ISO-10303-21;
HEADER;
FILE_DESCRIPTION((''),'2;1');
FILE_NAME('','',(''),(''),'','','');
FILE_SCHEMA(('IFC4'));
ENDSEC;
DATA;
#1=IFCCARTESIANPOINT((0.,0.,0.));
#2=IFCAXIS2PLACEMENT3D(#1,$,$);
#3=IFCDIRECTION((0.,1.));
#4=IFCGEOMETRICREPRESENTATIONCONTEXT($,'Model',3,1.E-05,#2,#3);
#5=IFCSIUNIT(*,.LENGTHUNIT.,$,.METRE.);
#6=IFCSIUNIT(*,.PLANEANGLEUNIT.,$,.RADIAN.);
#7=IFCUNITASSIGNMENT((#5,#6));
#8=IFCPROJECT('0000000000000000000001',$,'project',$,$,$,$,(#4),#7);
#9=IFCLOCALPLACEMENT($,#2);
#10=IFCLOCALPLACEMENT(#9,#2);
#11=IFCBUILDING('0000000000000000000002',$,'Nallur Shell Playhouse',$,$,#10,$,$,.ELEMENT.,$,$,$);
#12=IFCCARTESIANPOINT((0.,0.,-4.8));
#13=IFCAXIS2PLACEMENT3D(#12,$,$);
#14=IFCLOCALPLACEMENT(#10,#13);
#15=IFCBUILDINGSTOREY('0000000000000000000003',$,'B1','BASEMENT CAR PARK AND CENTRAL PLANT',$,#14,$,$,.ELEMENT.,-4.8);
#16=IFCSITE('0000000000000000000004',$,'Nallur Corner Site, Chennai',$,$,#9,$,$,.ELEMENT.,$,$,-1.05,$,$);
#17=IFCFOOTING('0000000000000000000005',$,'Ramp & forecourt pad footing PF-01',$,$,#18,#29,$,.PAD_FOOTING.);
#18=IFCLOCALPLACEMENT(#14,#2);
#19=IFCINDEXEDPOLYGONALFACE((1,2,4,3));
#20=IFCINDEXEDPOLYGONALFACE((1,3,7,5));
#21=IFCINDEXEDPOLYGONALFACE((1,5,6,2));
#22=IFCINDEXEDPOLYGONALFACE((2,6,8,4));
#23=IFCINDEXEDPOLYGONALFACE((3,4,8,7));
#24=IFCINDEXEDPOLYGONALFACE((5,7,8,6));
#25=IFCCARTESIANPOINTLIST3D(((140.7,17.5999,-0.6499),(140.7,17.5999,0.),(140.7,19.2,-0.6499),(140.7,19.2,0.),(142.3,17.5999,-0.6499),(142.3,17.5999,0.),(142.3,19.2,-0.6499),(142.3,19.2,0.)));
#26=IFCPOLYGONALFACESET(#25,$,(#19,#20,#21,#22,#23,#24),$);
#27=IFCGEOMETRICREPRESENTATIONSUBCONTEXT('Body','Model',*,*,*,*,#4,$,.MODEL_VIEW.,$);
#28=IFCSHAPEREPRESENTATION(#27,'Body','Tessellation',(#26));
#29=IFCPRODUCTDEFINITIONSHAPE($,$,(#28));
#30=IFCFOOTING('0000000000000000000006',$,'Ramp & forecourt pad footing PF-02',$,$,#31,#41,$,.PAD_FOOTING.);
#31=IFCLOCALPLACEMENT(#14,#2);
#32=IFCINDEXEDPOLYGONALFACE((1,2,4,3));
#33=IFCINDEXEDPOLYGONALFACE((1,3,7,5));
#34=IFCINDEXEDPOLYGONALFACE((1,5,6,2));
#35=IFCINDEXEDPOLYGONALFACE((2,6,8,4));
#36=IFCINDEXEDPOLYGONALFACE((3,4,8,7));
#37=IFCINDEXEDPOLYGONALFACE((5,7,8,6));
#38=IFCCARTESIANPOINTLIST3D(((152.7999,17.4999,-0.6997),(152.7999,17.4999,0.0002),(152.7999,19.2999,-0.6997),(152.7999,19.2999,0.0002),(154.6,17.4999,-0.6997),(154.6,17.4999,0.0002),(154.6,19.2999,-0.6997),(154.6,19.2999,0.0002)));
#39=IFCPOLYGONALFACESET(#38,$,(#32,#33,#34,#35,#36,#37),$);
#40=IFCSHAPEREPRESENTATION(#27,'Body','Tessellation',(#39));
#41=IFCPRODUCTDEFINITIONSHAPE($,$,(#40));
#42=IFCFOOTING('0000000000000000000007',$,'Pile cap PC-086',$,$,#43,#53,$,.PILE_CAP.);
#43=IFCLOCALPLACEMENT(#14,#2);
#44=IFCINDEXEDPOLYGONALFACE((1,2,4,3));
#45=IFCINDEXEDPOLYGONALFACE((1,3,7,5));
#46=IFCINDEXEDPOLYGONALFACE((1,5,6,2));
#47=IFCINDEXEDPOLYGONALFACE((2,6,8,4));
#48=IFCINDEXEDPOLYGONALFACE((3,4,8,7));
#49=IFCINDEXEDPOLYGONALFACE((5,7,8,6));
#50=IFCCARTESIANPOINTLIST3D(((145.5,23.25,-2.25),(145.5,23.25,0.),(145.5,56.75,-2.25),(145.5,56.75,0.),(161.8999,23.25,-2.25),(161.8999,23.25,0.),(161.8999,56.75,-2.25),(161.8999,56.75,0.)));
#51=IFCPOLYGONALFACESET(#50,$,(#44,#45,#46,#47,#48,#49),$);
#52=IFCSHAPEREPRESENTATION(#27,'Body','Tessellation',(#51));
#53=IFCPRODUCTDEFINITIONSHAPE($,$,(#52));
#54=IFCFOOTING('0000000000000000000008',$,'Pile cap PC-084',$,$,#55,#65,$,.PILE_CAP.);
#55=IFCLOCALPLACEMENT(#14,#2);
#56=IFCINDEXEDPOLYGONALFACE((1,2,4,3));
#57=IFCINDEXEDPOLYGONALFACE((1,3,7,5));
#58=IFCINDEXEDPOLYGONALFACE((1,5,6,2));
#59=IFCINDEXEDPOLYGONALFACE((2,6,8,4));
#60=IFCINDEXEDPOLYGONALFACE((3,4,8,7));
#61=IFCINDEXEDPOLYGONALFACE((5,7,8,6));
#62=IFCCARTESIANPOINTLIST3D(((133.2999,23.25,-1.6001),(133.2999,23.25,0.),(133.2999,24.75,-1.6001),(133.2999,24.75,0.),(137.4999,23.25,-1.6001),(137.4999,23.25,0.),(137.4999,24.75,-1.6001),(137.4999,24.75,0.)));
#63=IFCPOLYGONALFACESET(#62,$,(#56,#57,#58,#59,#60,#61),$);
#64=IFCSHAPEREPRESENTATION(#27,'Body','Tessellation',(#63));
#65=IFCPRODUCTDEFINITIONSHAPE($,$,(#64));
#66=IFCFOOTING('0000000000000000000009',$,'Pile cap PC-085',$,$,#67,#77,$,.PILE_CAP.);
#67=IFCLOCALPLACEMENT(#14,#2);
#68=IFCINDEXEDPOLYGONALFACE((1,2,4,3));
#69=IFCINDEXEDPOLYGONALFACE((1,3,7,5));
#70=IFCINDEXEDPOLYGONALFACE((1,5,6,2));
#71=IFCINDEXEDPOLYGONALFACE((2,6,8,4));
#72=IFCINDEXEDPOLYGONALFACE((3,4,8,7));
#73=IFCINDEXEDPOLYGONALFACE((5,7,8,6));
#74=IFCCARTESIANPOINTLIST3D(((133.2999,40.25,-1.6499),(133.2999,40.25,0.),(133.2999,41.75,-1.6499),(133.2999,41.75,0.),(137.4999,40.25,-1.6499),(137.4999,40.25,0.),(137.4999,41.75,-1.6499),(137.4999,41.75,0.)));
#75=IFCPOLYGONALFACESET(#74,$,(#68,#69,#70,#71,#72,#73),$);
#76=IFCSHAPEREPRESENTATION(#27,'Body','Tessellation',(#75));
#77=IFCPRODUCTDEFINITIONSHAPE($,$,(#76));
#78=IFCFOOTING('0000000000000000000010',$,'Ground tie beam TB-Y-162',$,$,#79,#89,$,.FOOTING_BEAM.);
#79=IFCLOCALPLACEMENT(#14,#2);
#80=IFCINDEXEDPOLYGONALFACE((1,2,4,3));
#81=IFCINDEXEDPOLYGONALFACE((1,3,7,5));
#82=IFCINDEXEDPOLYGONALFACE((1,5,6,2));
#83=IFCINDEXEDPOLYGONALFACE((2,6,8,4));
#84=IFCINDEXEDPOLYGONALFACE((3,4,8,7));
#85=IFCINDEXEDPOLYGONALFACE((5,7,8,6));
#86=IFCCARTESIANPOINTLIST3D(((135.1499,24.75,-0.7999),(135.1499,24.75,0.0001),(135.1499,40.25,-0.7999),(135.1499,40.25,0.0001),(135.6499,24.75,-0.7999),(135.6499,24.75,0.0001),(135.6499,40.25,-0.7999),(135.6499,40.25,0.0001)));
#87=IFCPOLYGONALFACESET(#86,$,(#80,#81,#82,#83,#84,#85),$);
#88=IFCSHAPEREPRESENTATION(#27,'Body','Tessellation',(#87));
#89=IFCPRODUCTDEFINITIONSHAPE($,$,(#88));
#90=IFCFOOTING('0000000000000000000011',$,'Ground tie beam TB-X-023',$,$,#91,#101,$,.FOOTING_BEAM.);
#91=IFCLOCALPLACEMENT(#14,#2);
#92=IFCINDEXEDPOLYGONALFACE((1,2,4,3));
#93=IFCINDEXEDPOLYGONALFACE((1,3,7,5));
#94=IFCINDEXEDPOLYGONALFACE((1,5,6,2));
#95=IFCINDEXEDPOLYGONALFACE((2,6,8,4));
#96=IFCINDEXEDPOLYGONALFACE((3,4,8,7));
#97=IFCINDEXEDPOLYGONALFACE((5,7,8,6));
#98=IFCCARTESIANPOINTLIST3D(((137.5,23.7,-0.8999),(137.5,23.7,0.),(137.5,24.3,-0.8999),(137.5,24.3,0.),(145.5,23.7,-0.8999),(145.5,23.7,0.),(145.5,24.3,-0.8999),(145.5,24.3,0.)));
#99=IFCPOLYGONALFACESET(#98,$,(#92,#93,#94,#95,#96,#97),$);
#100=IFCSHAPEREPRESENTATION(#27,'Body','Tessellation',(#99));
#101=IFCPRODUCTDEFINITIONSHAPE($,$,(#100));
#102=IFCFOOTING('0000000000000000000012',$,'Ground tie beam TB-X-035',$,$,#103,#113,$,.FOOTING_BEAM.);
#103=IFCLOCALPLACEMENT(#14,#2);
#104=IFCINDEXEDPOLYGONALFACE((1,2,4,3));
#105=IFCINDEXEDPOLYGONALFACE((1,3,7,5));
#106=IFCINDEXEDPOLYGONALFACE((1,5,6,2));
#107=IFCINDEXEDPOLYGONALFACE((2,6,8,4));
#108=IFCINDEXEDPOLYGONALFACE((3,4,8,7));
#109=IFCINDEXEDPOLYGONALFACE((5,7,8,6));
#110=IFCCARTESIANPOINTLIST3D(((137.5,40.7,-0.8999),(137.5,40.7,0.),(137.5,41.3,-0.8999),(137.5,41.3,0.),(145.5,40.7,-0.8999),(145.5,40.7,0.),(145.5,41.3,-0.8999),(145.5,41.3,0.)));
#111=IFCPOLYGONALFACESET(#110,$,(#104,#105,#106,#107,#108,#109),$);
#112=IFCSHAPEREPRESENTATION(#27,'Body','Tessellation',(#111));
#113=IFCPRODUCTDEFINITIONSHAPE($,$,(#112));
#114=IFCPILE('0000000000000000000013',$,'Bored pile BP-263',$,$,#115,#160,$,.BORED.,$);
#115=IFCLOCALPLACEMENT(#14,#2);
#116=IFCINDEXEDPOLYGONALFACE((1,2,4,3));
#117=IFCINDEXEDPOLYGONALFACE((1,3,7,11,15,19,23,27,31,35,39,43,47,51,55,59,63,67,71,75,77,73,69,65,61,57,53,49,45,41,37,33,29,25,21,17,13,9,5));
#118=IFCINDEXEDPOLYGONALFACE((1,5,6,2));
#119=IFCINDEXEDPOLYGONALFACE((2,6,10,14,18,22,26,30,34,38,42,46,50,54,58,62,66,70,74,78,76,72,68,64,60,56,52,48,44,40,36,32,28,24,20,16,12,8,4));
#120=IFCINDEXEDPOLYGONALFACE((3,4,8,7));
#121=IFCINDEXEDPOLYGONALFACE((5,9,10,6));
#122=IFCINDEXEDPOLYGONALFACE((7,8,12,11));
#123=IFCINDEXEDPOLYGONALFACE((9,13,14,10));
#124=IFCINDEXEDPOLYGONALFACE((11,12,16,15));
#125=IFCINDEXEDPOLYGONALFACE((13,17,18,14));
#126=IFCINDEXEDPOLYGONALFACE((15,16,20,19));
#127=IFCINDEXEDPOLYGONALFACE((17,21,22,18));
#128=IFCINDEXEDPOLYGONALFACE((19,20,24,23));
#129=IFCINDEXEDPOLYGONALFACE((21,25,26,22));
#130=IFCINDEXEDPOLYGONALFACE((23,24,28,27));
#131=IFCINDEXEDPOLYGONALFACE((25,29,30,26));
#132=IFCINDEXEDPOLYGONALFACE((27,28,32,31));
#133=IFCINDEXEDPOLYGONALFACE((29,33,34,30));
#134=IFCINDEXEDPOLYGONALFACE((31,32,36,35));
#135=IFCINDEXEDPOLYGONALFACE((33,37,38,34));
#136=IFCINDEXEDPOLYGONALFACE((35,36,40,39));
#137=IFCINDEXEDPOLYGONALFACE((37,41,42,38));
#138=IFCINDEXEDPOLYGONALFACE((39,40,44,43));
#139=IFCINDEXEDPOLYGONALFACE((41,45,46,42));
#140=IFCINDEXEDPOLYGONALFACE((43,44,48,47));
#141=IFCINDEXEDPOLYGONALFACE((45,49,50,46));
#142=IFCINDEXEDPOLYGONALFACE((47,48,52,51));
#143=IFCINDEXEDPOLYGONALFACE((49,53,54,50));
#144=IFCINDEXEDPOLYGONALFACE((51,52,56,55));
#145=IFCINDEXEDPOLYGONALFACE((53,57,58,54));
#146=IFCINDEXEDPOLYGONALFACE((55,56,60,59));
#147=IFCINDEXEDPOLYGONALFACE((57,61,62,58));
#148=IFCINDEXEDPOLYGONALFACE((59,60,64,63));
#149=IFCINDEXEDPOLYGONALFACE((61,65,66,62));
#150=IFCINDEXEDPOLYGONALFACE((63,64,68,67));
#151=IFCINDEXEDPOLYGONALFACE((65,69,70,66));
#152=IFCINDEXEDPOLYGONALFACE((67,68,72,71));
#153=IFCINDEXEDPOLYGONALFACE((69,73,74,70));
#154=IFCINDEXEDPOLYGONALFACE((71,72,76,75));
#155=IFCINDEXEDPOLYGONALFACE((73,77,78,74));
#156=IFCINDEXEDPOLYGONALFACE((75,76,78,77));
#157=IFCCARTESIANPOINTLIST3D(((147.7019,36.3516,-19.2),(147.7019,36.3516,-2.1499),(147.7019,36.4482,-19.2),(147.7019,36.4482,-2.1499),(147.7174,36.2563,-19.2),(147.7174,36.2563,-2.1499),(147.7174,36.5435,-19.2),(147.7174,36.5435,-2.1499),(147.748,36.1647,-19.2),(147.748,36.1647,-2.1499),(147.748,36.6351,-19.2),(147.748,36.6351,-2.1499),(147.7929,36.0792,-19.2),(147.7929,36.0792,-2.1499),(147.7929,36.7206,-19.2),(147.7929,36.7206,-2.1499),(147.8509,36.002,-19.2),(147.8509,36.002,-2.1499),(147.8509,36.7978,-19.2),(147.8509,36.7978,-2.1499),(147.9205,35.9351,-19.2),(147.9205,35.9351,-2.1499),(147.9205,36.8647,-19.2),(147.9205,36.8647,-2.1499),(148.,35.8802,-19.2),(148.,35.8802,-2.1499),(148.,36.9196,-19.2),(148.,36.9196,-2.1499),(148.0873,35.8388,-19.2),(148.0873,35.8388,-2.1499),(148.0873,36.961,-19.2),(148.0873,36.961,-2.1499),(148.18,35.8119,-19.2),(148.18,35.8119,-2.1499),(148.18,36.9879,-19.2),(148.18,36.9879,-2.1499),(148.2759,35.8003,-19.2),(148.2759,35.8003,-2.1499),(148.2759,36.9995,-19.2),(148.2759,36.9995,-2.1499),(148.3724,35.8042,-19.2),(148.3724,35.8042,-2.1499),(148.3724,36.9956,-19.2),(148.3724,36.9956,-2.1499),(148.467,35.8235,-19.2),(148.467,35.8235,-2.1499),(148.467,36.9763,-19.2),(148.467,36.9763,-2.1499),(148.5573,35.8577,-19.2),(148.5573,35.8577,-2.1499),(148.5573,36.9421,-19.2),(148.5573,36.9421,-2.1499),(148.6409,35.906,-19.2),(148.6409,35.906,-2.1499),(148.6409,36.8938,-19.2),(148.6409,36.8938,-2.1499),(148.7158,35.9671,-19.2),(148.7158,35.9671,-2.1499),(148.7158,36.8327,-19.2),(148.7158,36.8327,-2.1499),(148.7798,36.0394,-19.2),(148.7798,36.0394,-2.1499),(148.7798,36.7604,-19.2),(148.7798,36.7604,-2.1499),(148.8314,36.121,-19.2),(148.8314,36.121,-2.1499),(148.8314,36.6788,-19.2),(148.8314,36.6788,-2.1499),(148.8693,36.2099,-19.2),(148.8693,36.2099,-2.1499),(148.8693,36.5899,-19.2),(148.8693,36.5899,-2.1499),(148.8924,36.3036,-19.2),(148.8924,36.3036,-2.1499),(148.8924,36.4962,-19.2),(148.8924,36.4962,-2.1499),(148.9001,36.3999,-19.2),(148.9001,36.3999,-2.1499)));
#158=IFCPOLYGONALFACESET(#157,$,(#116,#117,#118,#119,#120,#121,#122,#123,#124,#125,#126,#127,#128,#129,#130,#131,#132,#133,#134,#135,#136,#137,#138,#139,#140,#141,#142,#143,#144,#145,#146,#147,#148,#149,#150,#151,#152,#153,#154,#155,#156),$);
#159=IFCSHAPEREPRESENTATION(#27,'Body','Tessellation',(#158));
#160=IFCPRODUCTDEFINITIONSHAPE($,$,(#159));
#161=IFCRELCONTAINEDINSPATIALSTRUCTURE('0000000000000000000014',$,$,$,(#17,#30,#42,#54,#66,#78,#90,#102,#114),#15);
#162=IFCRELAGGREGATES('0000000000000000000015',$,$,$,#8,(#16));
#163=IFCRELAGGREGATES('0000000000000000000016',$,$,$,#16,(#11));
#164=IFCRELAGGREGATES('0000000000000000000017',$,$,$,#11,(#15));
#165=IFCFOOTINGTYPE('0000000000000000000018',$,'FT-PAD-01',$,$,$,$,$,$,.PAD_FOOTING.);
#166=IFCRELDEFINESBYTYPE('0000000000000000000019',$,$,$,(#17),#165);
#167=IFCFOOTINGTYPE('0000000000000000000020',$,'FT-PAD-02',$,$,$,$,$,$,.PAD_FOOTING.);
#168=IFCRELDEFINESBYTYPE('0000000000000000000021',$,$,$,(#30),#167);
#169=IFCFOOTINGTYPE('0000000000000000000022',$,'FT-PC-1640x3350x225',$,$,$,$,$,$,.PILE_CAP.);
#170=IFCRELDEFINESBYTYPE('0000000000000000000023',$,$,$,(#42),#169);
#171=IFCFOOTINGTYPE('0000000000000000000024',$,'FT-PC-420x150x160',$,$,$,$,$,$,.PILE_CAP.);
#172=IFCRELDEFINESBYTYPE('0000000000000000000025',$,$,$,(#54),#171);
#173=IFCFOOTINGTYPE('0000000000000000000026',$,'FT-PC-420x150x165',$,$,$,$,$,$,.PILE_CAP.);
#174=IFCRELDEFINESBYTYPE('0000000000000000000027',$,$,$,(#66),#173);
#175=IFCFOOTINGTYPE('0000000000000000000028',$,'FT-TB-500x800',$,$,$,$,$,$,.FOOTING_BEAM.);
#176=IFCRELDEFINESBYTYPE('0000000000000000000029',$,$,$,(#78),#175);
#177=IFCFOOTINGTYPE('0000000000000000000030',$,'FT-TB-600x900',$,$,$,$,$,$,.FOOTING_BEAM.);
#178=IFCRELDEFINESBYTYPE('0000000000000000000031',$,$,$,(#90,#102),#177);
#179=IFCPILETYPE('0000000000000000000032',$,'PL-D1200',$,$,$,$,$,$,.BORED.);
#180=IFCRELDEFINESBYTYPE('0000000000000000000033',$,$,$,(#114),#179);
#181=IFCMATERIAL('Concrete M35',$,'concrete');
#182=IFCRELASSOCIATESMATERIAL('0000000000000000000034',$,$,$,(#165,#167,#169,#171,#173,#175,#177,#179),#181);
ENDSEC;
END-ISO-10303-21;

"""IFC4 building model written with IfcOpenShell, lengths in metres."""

from ifc_helpers import new_model, si_unit, direction, frame, origin, origin_2d, place, context, subcontext, project, spatial, rectangle, circle, extrude, material, material_profile, profile_set, type_object, element, save


model = new_model("IFC4")

# Units and contexts
model_context = context("Model", 3, precision=1e-05, world=origin(), true_north=direction((0.0, 1.0)))
body_context = subcontext(model_context, "Body", "Model", "MODEL_VIEW")
ifc_project = project(units=[si_unit("LENGTHUNIT", "METRE"), si_unit("PLANEANGLEUNIT", "RADIAN")], contexts=[model_context])

# Site, building, storey
site_placement = place(None, origin())
site = spatial("IfcSite", under=ifc_project, at=site_placement, Name="Nallur Corner Site, Chennai", CompositionType="ELEMENT", RefElevation=-1.05)
building_placement = place(site_placement, origin())
building = spatial("IfcBuilding", under=site, at=building_placement, Name="Nallur Shell Playhouse", CompositionType="ELEMENT")
storey_placement = place(building_placement, frame((0.0, 0.0, -4.8)))
storey = spatial("IfcBuildingStorey", under=building, at=storey_placement, Name="B1", Description="BASEMENT CAR PARK AND CENTRAL PLANT", CompositionType="ELEMENT", Elevation=-4.8)

# Footings
ifc_material_1 = material(Name="Concrete M35", Category="concrete")
footing_type_1 = type_object("IfcFootingType", Name="FT-PAD-01", PredefinedType="PAD_FOOTING", material=ifc_material_1)
footing_1_placement = place(storey_placement, frame((141.5, 18.3999, -0.6499), z_axis=(0.0, 0.0, 1.0), x_axis=(1.0, 0.0, 0.0)))
element("IfcFooting", 1, at=footing_1_placement, inside=storey, type_object=footing_type_1, Name="Ramp & forecourt pad footing PF-01", PredefinedType="PAD_FOOTING", context=body_context, shape_type="SweptSolid", body=[
    extrude(rectangle(XDim=1.6001, YDim=1.6001, at=origin_2d()), origin(), (0.0, 0.0, 1.0), 0.6499),
])
footing_type_2 = type_object("IfcFootingType", Name="FT-PAD-02", PredefinedType="PAD_FOOTING", material=ifc_material_1)
footing_2_placement = place(storey_placement, frame((153.7, 18.3999, -0.6997), z_axis=(0.0, 0.0, 1.0), x_axis=(1.0, 0.0, 0.0)))
element("IfcFooting", 2, at=footing_2_placement, inside=storey, type_object=footing_type_2, Name="Ramp & forecourt pad footing PF-02", PredefinedType="PAD_FOOTING", context=body_context, shape_type="SweptSolid", body=[
    extrude(rectangle(XDim=1.8, YDim=1.8, at=origin_2d()), origin(), (0.0, 0.0, 1.0), 0.7),
])
footing_type_3 = type_object("IfcFootingType", Name="FT-PC-1640x3350x225", PredefinedType="PILE_CAP", material=ifc_material_1)
footing_3_placement = place(storey_placement, frame((153.7, 40.0, -2.25), z_axis=(0.0, 0.0, 1.0), x_axis=(1.0, 0.0, 0.0)))
element("IfcFooting", 3, at=footing_3_placement, inside=storey, type_object=footing_type_3, Name="Pile cap PC-086", PredefinedType="PILE_CAP", context=body_context, shape_type="SweptSolid", body=[
    extrude(rectangle(XDim=16.3999, YDim=33.5, at=origin_2d()), origin(), (0.0, 0.0, 1.0), 2.25),
])
footing_type_4 = type_object("IfcFootingType", Name="FT-PC-420x150x160", PredefinedType="PILE_CAP", material=ifc_material_1)
footing_4_placement = place(storey_placement, frame((135.3999, 24.0, -1.6001), z_axis=(0.0, 0.0, 1.0), x_axis=(1.0, 0.0, 0.0)))
element("IfcFooting", 4, at=footing_4_placement, inside=storey, type_object=footing_type_4, Name="Pile cap PC-084", PredefinedType="PILE_CAP", context=body_context, shape_type="SweptSolid", body=[
    extrude(rectangle(XDim=4.2, YDim=1.5, at=origin_2d()), origin(), (0.0, 0.0, 1.0), 1.6001),
])
footing_type_5 = type_object("IfcFootingType", Name="FT-PC-420x150x165", PredefinedType="PILE_CAP", material=ifc_material_1)
footing_5_placement = place(storey_placement, frame((135.3999, 41.0, -1.6499), z_axis=(0.0, 0.0, 1.0), x_axis=(1.0, 0.0, 0.0)))
element("IfcFooting", 5, at=footing_5_placement, inside=storey, type_object=footing_type_5, Name="Pile cap PC-085", PredefinedType="PILE_CAP", context=body_context, shape_type="SweptSolid", body=[
    extrude(rectangle(XDim=4.2, YDim=1.5, at=origin_2d()), origin(), (0.0, 0.0, 1.0), 1.6499),
])
ifc_material_profile_1 = material_profile(ifc_material_1, rectangle(XDim=0.5, YDim=0.8, at=origin_2d()), Name="RC 500x800")
ifc_profile_set_1 = profile_set([ifc_material_profile_1], Name="Concrete M35")
footing_type_6 = type_object("IfcFootingType", Name="FT-TB-500x800", PredefinedType="FOOTING_BEAM", material=ifc_profile_set_1)
footing_6_placement = place(storey_placement, frame((135.3999, 24.75, -0.3999), z_axis=(0.0, 1.0, 0.0), x_axis=(-1.0, 0.0, 0.0)))
element("IfcFooting", 6, at=footing_6_placement, inside=storey, type_object=footing_type_6, Name="Ground tie beam TB-Y-162", PredefinedType="FOOTING_BEAM", context=body_context, shape_type="SweptSolid", body=[
    extrude(rectangle(XDim=0.5, YDim=0.8, at=origin_2d()), origin(), (0.0, 0.0, 1.0), 15.5),
])
ifc_material_profile_2 = material_profile(ifc_material_1, rectangle(XDim=0.6001, YDim=0.8999, at=origin_2d()), Name="RC 600x900")
ifc_profile_set_2 = profile_set([ifc_material_profile_2], Name="Concrete M35")
footing_type_7 = type_object("IfcFootingType", Name="FT-TB-600x900", PredefinedType="FOOTING_BEAM", material=ifc_profile_set_2)
for number, where, z_axis, x_axis, name in (
    (7, (137.5, 24.0, -0.45), (1.0, 0.0, 0.0), (0.0, 1.0, 0.0), "Ground tie beam TB-X-023"),
    (8, (137.5, 41.0, -0.45), (1.0, 0.0, 0.0), (0.0, 1.0, 0.0), "Ground tie beam TB-X-035"),
):
    element("IfcFooting", number, at=place(storey_placement, frame(where, z_axis=z_axis, x_axis=x_axis)), inside=storey, type_object=footing_type_7, Name=name, PredefinedType="FOOTING_BEAM", context=body_context, shape_type="SweptSolid", body=[
        extrude(rectangle(XDim=0.6001, YDim=0.8999, at=origin_2d()), origin(), (0.0, 0.0, 1.0), 8.0),
    ])

# Pile
ifc_material_profile_3 = material_profile(ifc_material_1, circle(Radius=0.6001, at=origin_2d()), Name="BORED PILE D1200")
ifc_profile_set_3 = profile_set([ifc_material_profile_3], Name="Concrete M35")
pile_type_1 = type_object("IfcPileType", Name="PL-D1200", PredefinedType="BORED", material=ifc_profile_set_3)
for number, where, z_axis, x_axis, name in (
    (9, (148.3, 36.3999, -2.1499), (0.0, 0.0, -1.0), (1.0, 0.0, 0.0), "Bored pile BP-263"),
):
    element("IfcPile", number, at=place(storey_placement, frame(where, z_axis=z_axis, x_axis=x_axis)), inside=storey, type_object=pile_type_1, Name=name, PredefinedType="BORED", context=body_context, shape_type="SweptSolid", body=[
        extrude(circle(Radius=0.6001, at=origin_2d()), origin(), (0.0, 0.0, 1.0), 17.05),
    ])

save(model, "model.ifc")
